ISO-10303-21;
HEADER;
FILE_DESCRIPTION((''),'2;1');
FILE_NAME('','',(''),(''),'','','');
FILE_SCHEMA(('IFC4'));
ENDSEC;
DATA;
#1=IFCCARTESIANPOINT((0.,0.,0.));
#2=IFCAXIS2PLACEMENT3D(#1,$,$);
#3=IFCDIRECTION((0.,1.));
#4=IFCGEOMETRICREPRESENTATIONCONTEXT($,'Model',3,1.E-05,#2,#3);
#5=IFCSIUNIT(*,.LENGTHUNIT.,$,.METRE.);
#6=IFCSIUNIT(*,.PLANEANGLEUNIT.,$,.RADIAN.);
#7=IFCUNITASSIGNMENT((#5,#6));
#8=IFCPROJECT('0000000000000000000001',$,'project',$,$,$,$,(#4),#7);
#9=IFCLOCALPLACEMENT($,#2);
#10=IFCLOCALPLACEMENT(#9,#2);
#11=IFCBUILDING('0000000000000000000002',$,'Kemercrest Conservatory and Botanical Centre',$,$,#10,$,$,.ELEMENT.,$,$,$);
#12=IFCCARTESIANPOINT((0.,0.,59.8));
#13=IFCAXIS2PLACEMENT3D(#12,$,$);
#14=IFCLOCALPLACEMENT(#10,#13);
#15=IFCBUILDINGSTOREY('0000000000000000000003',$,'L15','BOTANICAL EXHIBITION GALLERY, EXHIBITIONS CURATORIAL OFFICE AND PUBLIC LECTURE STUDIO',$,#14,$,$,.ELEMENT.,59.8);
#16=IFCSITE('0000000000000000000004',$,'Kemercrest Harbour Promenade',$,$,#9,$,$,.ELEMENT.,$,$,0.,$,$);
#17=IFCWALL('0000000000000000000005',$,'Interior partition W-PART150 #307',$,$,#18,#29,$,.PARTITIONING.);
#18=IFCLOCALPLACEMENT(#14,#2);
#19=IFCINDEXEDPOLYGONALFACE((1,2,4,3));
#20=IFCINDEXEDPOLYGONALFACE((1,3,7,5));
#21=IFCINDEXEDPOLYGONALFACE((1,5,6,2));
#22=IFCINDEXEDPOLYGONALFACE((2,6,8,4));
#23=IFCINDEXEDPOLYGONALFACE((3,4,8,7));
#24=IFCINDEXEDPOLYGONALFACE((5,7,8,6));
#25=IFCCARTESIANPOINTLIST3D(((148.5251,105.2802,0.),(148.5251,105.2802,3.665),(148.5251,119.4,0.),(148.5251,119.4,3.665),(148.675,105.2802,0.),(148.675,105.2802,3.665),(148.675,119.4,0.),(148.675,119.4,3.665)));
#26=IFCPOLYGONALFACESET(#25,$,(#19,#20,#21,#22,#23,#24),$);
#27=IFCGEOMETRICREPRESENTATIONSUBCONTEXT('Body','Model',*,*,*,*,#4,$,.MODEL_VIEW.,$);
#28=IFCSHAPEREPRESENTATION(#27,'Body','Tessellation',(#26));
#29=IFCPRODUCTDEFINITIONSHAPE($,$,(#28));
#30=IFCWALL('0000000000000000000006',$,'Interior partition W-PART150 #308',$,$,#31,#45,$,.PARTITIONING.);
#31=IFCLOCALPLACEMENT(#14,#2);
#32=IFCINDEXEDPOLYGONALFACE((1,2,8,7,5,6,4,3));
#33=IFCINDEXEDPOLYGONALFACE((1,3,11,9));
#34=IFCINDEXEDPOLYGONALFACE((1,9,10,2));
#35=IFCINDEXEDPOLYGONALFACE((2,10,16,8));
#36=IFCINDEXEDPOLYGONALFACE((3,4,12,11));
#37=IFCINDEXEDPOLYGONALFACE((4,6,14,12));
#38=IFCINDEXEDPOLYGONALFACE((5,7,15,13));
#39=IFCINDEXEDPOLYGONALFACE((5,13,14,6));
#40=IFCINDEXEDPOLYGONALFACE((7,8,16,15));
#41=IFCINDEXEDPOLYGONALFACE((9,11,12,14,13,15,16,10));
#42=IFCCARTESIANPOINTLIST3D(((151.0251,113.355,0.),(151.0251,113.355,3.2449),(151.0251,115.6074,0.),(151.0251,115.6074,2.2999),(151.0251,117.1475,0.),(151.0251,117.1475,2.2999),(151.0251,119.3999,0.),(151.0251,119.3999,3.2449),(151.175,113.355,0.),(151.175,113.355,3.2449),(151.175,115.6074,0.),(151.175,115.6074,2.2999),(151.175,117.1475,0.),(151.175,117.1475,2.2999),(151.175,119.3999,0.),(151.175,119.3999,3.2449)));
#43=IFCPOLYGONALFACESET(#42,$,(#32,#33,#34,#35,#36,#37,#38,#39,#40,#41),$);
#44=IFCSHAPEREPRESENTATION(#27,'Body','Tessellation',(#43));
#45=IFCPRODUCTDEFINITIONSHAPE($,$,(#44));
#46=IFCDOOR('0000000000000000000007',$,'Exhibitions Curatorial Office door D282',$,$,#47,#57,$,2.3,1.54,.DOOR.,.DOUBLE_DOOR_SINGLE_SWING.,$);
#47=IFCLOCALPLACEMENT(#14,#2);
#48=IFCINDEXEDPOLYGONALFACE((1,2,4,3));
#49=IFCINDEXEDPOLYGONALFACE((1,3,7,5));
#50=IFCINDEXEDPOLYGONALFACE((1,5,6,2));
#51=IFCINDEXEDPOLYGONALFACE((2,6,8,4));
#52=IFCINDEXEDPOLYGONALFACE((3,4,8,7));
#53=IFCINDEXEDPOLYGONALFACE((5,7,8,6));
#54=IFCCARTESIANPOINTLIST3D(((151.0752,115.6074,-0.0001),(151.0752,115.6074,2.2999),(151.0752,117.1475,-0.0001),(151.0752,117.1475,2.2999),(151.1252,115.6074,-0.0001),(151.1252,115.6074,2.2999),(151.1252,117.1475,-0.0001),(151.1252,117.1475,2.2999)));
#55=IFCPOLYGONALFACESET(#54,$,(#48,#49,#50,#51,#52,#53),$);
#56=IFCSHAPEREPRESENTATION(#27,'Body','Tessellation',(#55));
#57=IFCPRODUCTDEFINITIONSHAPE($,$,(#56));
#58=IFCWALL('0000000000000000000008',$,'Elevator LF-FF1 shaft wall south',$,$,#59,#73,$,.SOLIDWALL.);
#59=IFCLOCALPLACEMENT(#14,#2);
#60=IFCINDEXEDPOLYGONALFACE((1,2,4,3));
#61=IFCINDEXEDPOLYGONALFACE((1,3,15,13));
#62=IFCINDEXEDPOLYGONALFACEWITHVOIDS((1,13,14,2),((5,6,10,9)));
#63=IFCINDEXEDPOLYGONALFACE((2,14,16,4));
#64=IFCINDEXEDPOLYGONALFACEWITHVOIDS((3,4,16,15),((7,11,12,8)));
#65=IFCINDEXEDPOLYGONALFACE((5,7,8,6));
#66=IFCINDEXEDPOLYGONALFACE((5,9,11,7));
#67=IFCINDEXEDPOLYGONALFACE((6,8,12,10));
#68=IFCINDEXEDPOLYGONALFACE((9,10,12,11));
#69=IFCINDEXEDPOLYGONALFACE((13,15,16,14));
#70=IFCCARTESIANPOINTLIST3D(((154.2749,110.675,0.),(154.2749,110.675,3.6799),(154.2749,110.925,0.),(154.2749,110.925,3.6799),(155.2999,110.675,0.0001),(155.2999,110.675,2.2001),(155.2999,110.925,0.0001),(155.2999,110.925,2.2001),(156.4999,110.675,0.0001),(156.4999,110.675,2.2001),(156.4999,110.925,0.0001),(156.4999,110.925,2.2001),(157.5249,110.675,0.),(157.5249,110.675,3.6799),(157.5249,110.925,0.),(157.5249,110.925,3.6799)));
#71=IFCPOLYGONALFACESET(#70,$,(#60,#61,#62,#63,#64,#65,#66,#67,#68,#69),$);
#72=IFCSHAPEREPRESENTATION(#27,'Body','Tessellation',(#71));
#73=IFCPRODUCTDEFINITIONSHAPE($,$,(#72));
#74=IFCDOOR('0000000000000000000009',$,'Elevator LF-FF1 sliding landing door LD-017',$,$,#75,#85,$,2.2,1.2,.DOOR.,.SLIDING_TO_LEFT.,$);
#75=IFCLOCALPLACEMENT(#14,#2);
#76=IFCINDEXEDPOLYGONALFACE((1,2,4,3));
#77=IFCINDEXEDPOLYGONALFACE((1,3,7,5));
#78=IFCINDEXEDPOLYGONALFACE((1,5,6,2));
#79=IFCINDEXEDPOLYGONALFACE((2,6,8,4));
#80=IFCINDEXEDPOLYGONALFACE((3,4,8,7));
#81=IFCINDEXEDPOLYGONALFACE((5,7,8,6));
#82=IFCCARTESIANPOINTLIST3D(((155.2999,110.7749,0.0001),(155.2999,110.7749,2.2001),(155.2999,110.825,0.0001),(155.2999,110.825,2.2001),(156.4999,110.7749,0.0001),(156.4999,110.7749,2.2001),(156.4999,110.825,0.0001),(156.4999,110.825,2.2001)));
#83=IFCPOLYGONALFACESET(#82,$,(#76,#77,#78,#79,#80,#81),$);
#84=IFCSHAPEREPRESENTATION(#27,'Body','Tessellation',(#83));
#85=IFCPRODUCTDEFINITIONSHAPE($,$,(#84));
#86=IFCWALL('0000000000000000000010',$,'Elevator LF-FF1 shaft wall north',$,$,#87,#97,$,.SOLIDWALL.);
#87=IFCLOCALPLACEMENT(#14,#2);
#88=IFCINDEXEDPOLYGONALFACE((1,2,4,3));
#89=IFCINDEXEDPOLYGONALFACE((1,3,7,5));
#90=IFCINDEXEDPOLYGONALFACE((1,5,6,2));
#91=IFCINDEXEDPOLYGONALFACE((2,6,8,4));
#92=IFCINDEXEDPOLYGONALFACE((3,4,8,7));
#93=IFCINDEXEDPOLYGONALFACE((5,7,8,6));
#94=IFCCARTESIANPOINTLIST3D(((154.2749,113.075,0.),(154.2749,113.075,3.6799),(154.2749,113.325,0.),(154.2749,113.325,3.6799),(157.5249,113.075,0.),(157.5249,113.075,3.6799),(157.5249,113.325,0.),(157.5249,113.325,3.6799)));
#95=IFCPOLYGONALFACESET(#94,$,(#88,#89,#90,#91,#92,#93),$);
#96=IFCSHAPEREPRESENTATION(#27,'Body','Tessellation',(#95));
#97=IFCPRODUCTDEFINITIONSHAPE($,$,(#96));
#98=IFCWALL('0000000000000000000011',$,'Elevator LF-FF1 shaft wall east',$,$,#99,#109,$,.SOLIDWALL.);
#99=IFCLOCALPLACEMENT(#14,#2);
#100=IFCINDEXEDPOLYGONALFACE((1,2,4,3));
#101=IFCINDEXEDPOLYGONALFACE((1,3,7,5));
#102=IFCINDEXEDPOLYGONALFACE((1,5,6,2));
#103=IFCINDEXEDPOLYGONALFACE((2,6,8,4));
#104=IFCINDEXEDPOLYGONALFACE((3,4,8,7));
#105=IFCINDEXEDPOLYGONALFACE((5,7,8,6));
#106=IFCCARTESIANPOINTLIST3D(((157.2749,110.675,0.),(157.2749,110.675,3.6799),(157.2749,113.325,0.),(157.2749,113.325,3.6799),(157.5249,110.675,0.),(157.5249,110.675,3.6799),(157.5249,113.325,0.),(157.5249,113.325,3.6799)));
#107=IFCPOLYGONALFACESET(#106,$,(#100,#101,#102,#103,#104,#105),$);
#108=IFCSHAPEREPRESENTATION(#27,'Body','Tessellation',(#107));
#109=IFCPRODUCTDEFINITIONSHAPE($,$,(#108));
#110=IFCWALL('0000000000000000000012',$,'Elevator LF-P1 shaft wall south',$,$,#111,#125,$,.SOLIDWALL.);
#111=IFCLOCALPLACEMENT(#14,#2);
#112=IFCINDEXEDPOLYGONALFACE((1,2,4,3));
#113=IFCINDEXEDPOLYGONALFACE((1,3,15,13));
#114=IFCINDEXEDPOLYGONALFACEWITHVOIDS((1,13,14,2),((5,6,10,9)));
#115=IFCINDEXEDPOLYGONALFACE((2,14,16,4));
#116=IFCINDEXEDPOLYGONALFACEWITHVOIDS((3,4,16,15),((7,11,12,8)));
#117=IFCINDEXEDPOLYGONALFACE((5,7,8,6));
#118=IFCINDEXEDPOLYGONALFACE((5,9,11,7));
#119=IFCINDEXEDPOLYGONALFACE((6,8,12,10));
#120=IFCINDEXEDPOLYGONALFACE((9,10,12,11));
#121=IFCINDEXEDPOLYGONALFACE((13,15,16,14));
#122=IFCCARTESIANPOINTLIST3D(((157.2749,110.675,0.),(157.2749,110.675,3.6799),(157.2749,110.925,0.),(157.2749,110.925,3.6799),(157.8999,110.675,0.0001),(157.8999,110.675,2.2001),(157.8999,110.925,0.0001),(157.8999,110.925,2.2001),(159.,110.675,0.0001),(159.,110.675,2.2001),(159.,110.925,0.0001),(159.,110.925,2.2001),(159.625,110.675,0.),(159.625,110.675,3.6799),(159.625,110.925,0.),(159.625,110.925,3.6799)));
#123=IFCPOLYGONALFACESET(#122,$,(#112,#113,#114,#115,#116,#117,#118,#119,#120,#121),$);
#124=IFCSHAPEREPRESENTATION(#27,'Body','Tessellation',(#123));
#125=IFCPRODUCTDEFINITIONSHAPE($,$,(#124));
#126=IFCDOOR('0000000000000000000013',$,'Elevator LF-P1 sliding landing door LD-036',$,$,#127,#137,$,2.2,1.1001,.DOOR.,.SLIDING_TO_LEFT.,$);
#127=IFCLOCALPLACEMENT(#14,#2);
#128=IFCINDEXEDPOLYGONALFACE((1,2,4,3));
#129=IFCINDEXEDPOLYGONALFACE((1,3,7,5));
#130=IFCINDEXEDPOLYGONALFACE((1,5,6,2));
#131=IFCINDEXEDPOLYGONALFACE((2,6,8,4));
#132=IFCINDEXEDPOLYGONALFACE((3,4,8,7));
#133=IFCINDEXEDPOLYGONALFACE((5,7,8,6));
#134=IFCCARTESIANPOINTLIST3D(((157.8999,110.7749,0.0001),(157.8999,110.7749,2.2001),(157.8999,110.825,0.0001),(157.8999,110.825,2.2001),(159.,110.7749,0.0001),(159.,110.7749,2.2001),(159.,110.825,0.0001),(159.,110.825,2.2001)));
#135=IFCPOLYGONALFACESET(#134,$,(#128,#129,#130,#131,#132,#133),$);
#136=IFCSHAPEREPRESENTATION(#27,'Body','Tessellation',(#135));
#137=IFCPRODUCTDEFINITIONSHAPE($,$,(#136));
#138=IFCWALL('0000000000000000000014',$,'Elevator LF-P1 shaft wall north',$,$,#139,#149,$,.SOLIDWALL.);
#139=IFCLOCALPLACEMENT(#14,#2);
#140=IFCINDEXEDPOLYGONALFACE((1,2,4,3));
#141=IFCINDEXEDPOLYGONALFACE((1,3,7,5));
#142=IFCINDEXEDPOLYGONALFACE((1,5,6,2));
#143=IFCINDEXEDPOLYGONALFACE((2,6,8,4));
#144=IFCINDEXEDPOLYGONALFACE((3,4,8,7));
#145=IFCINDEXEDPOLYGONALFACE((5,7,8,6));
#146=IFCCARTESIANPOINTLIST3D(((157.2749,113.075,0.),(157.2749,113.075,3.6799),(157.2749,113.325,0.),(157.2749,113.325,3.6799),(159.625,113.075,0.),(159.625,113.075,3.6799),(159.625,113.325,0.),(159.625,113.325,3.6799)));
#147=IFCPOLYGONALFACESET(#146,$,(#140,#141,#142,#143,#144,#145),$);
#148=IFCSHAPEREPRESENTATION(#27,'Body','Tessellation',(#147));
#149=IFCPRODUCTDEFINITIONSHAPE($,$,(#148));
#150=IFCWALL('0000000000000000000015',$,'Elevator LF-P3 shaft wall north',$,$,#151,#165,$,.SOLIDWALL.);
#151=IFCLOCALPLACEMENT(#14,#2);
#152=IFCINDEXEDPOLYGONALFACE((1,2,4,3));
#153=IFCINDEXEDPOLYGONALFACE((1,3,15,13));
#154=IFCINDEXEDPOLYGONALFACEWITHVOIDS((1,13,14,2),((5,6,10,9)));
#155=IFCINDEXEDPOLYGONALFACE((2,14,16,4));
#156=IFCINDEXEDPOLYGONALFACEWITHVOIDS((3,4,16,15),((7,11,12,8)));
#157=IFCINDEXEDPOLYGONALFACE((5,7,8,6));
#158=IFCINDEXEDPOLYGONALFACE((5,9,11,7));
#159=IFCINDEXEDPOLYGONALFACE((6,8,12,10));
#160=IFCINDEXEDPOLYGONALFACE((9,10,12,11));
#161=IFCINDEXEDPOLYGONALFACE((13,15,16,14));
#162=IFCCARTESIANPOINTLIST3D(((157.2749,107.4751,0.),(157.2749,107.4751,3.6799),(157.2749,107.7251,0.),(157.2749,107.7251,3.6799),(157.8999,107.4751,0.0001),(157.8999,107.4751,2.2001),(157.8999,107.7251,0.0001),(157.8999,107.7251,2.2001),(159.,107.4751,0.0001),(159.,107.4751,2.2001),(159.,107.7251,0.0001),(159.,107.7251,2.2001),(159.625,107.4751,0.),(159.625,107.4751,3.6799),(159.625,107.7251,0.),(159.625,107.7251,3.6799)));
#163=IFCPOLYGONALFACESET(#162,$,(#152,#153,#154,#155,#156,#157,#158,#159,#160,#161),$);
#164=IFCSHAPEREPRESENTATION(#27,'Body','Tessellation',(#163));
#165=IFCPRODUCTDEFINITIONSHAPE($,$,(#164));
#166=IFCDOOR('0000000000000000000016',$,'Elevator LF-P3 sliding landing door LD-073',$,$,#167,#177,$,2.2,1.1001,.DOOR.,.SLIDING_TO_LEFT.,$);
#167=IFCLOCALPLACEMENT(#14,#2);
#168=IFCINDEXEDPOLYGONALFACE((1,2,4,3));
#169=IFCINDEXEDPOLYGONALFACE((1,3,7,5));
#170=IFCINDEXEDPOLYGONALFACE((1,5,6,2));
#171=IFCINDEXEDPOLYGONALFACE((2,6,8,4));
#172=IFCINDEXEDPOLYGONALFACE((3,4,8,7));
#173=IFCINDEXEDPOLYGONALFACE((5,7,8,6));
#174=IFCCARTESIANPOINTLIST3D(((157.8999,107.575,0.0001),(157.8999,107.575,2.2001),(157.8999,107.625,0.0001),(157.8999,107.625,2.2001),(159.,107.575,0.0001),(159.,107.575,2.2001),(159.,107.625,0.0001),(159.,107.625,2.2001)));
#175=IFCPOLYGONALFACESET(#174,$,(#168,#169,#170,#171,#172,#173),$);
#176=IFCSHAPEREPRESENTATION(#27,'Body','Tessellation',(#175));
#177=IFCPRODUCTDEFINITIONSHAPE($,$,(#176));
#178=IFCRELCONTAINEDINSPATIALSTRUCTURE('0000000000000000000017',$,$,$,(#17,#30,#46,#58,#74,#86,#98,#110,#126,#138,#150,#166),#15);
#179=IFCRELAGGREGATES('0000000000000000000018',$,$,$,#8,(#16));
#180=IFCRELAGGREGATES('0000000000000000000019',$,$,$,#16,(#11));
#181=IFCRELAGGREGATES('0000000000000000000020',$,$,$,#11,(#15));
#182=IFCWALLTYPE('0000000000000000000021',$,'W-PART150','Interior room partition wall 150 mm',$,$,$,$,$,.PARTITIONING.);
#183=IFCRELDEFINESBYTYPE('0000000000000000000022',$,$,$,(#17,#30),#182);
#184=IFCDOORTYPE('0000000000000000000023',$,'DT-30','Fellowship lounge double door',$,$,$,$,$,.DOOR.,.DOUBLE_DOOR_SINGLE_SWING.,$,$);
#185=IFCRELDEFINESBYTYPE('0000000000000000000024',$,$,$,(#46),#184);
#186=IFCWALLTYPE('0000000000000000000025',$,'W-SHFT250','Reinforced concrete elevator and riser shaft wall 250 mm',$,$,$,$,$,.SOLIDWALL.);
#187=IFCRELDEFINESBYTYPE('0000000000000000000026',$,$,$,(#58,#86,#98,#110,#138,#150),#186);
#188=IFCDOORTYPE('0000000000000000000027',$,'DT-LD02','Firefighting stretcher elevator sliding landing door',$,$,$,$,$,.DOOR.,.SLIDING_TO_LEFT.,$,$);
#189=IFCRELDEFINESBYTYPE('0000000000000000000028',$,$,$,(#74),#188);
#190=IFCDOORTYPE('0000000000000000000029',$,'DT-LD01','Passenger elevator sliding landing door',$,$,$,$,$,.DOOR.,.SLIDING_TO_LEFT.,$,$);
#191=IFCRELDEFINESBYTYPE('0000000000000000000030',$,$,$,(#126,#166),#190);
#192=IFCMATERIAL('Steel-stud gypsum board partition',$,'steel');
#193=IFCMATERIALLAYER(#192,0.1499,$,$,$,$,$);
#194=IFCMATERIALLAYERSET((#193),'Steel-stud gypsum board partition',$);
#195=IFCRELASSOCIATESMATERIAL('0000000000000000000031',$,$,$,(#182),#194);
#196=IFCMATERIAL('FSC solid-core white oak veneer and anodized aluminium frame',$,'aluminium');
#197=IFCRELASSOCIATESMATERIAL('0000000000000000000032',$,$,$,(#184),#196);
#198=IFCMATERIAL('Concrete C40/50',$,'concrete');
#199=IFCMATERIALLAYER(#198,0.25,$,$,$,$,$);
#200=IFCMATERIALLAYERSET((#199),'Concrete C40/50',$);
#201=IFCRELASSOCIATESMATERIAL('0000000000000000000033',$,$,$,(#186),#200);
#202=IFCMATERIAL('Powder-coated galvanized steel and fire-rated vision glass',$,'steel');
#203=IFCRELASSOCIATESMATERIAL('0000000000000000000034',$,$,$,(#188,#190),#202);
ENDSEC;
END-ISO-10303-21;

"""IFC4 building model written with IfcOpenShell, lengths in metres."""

from ifc_helpers import new_model, si_unit, direction, frame, frame_2d, origin, place, context, subcontext, project, spatial, rectangle, extrude, material, layer, layer_set, type_object, element, fill, save


model = new_model("IFC4")

# Units and contexts
model_context = context("Model", 3, precision=1e-05, world=origin(), true_north=direction((0.0, 1.0)))
body_context = subcontext(model_context, "Body", "Model", "MODEL_VIEW")
ifc_project = project(units=[si_unit("LENGTHUNIT", "METRE"), si_unit("PLANEANGLEUNIT", "RADIAN")], contexts=[model_context])

# Site, building, storey
site_placement = place(None, origin())
site = spatial("IfcSite", under=ifc_project, at=site_placement, Name="Kemercrest Harbour Promenade", CompositionType="ELEMENT", RefElevation=0.0)
building_placement = place(site_placement, origin())
building = spatial("IfcBuilding", under=site, at=building_placement, Name="Kemercrest Conservatory and Botanical Centre", CompositionType="ELEMENT")
storey_placement = place(building_placement, frame((0.0, 0.0, 59.8)))
storey = spatial("IfcBuildingStorey", under=building, at=storey_placement, Name="L15", Description="BOTANICAL EXHIBITION GALLERY, EXHIBITIONS CURATORIAL OFFICE AND PUBLIC LECTURE STUDIO", CompositionType="ELEMENT", Elevation=59.8)

# Shared definitions
ifc_material_1 = material(Name="Concrete C40/50", Category="concrete")

# Wall
ifc_material_2 = material(Name="Steel-stud gypsum board partition", Category="steel")
ifc_layer_1 = layer(ifc_material_2, 0.1499)
ifc_layer_set_1 = layer_set([ifc_layer_1], Name="Steel-stud gypsum board partition")
wall_type_1 = type_object("IfcWallType", Name="W-PART150", Description="Interior room partition wall 150 mm", PredefinedType="PARTITIONING", material=ifc_layer_set_1)
wall_1_placement = place(storey_placement, frame((148.6001, 105.28, 0.0), z_axis=(0.0, 0.0, 1.0), x_axis=(0.0, 1.0, 0.0)))
element("IfcWall", 1, at=wall_1_placement, inside=storey, type_object=wall_type_1, Name="Interior partition W-PART150 #307", PredefinedType="PARTITIONING", context=body_context, shape_type="SweptSolid", body=[
    extrude(rectangle(XDim=14.1199, YDim=0.1499, at=frame_2d((7.0601, 0.0))), origin(), (0.0, 0.0, 1.0), 3.665),
])

# Walls, openings, doors
wall_2_placement = place(storey_placement, frame((151.1001, 113.355, 0.0), z_axis=(0.0, 0.0, 1.0), x_axis=(0.0, 1.0, 0.0)))
wall_2 = element("IfcWall", 2, at=wall_2_placement, inside=storey, type_object=wall_type_1, Name="Interior partition W-PART150 #308", PredefinedType="PARTITIONING", context=body_context, shape_type="SweptSolid", body=[
    extrude(rectangle(XDim=6.0449, YDim=0.1499, at=frame_2d((3.0225, 0.0))), origin(), (0.0, 0.0, 1.0), 3.2449),
])
opening_1_placement = place(wall_2_placement, frame((2.2524, 0.0, 0.0)))
opening_1 = element("IfcOpeningElement", 3, at=opening_1_placement, cuts=wall_2, PredefinedType="OPENING", context=body_context, shape_type="SweptSolid", body=[
    extrude(rectangle(XDim=1.54, YDim=2.3, at=frame_2d((0.77, 1.1499))), frame((0.0, 0.085, 0.0), z_axis=(0.0, -1.0, 0.0), x_axis=(1.0, 0.0, 0.0)), (0.0, 0.0, 1.0), 0.1699),
])
ifc_material_3 = material(Name="FSC solid-core white oak veneer and anodized aluminium frame", Category="aluminium")
door_type_1 = type_object("IfcDoorType", Name="DT-30", Description="Fellowship lounge double door", OperationType="DOUBLE_DOOR_SINGLE_SWING", PredefinedType="DOOR", material=ifc_material_3)
door_1_placement = place(opening_1_placement, origin())
door_1 = element("IfcDoor", 4, at=door_1_placement, inside=storey, type_object=door_type_1, Name="Exhibitions Curatorial Office door D282", OperationType="DOUBLE_DOOR_SINGLE_SWING", OverallHeight=2.3, OverallWidth=1.54, PredefinedType="DOOR", context=body_context, shape_type="SweptSolid", body=[
    extrude(rectangle(XDim=1.54, YDim=2.3, at=frame_2d((0.77, 1.1499))), frame((0.0, 0.0249, 0.0), z_axis=(0.0, -1.0, 0.0), x_axis=(1.0, 0.0, 0.0)), (0.0, 0.0, 1.0), 0.05),
])
fill(opening_1, door_1)
ifc_layer_2 = layer(ifc_material_1, 0.25)
ifc_layer_set_2 = layer_set([ifc_layer_2], Name="Concrete C40/50")
wall_type_2 = type_object("IfcWallType", Name="W-SHFT250", Description="Reinforced concrete elevator and riser shaft wall 250 mm", PredefinedType="SOLIDWALL", material=ifc_layer_set_2)
wall_3_placement = place(storey_placement, frame((154.2749, 110.8, 0.0), z_axis=(0.0, 0.0, 1.0), x_axis=(1.0, 0.0, 0.0)))
wall_3 = element("IfcWall", 5, at=wall_3_placement, inside=storey, type_object=wall_type_2, Name="Elevator LF-FF1 shaft wall south", PredefinedType="SOLIDWALL", context=body_context, shape_type="SweptSolid", body=[
    extrude(rectangle(XDim=3.25, YDim=0.25, at=frame_2d((1.625, 0.0))), origin(), (0.0, 0.0, 1.0), 3.6799),
])
opening_2_placement = place(wall_3_placement, frame((1.0249, 0.0, 0.0)))
opening_2 = element("IfcOpeningElement", 6, at=opening_2_placement, cuts=wall_3, PredefinedType="OPENING", context=body_context, shape_type="SweptSolid", body=[
    extrude(rectangle(XDim=1.2, YDim=2.2, at=frame_2d((0.6001, 1.1001))), frame((0.0, 0.135, 0.0), z_axis=(0.0, -1.0, 0.0), x_axis=(1.0, 0.0, 0.0)), (0.0, 0.0, 1.0), 0.27),
])
ifc_material_4 = material(Name="Powder-coated galvanized steel and fire-rated vision glass", Category="steel")
door_type_2 = type_object("IfcDoorType", Name="DT-LD02", Description="Firefighting stretcher elevator sliding landing door", OperationType="SLIDING_TO_LEFT", PredefinedType="DOOR", material=ifc_material_4)
door_2_placement = place(opening_2_placement, origin())
door_2 = element("IfcDoor", 7, at=door_2_placement, inside=storey, type_object=door_type_2, Name="Elevator LF-FF1 sliding landing door LD-017", OperationType="SLIDING_TO_LEFT", OverallHeight=2.2, OverallWidth=1.2, PredefinedType="DOOR", context=body_context, shape_type="SweptSolid", body=[
    extrude(rectangle(XDim=1.2, YDim=2.2, at=frame_2d((0.6001, 1.1001))), frame((0.0, 0.0249, 0.0), z_axis=(0.0, -1.0, 0.0), x_axis=(1.0, 0.0, 0.0)), (0.0, 0.0, 1.0), 0.05),
])
fill(opening_2, door_2)

# Walls
wall_4_placement = place(storey_placement, frame((154.2749, 113.2, 0.0), z_axis=(0.0, 0.0, 1.0), x_axis=(1.0, 0.0, 0.0)))
element("IfcWall", 8, at=wall_4_placement, inside=storey, type_object=wall_type_2, Name="Elevator LF-FF1 shaft wall north", PredefinedType="SOLIDWALL", context=body_context, shape_type="SweptSolid", body=[
    extrude(rectangle(XDim=3.25, YDim=0.25, at=frame_2d((1.625, 0.0))), origin(), (0.0, 0.0, 1.0), 3.6799),
])
wall_5_placement = place(storey_placement, frame((157.3999, 110.675, 0.0), z_axis=(0.0, 0.0, 1.0), x_axis=(0.0, 1.0, 0.0)))
element("IfcWall", 9, at=wall_5_placement, inside=storey, type_object=wall_type_2, Name="Elevator LF-FF1 shaft wall east", PredefinedType="SOLIDWALL", context=body_context, shape_type="SweptSolid", body=[
    extrude(rectangle(XDim=2.6499, YDim=0.25, at=frame_2d((1.325, 0.0))), origin(), (0.0, 0.0, 1.0), 3.6799),
])

# Wall, opening, door
wall_6_placement = place(storey_placement, frame((157.2749, 110.8, 0.0), z_axis=(0.0, 0.0, 1.0), x_axis=(1.0, 0.0, 0.0)))
wall_6 = element("IfcWall", 10, at=wall_6_placement, inside=storey, type_object=wall_type_2, Name="Elevator LF-P1 shaft wall south", PredefinedType="SOLIDWALL", context=body_context, shape_type="SweptSolid", body=[
    extrude(rectangle(XDim=2.3501, YDim=0.25, at=frame_2d((1.175, 0.0))), origin(), (0.0, 0.0, 1.0), 3.6799),
])
opening_3_placement = place(wall_6_placement, frame((0.625, 0.0, 0.0)))
opening_3 = element("IfcOpeningElement", 11, at=opening_3_placement, cuts=wall_6, PredefinedType="OPENING", context=body_context, shape_type="SweptSolid", body=[
    extrude(rectangle(XDim=1.1001, YDim=2.2, at=frame_2d((0.55, 1.1001))), frame((0.0, 0.135, 0.0), z_axis=(0.0, -1.0, 0.0), x_axis=(1.0, 0.0, 0.0)), (0.0, 0.0, 1.0), 0.27),
])
door_type_3 = type_object("IfcDoorType", Name="DT-LD01", Description="Passenger elevator sliding landing door", OperationType="SLIDING_TO_LEFT", PredefinedType="DOOR", material=ifc_material_4)
door_3_placement = place(opening_3_placement, origin())
door_3 = element("IfcDoor", 12, at=door_3_placement, inside=storey, type_object=door_type_3, Name="Elevator LF-P1 sliding landing door LD-036", OperationType="SLIDING_TO_LEFT", OverallHeight=2.2, OverallWidth=1.1001, PredefinedType="DOOR", context=body_context, shape_type="SweptSolid", body=[
    extrude(rectangle(XDim=1.1001, YDim=2.2, at=frame_2d((0.55, 1.1001))), frame((0.0, 0.0249, 0.0), z_axis=(0.0, -1.0, 0.0), x_axis=(1.0, 0.0, 0.0)), (0.0, 0.0, 1.0), 0.05),
])
fill(opening_3, door_3)

# Wall
wall_7_placement = place(storey_placement, frame((157.2749, 113.2, 0.0), z_axis=(0.0, 0.0, 1.0), x_axis=(1.0, 0.0, 0.0)))
element("IfcWall", 13, at=wall_7_placement, inside=storey, type_object=wall_type_2, Name="Elevator LF-P1 shaft wall north", PredefinedType="SOLIDWALL", context=body_context, shape_type="SweptSolid", body=[
    extrude(rectangle(XDim=2.3501, YDim=0.25, at=frame_2d((1.175, 0.0))), origin(), (0.0, 0.0, 1.0), 3.6799),
])

# Wall, opening, door
wall_8_placement = place(storey_placement, frame((157.2749, 107.6001, 0.0), z_axis=(0.0, 0.0, 1.0), x_axis=(1.0, 0.0, 0.0)))
wall_8 = element("IfcWall", 14, at=wall_8_placement, inside=storey, type_object=wall_type_2, Name="Elevator LF-P3 shaft wall north", PredefinedType="SOLIDWALL", context=body_context, shape_type="SweptSolid", body=[
    extrude(rectangle(XDim=2.3501, YDim=0.25, at=frame_2d((1.175, 0.0))), origin(), (0.0, 0.0, 1.0), 3.6799),
])
opening_4_placement = place(wall_8_placement, frame((0.625, 0.0, 0.0)))
opening_4 = element("IfcOpeningElement", 15, at=opening_4_placement, cuts=wall_8, PredefinedType="OPENING", context=body_context, shape_type="SweptSolid", body=[
    extrude(rectangle(XDim=1.1001, YDim=2.2, at=frame_2d((0.55, 1.1001))), frame((0.0, 0.135, 0.0), z_axis=(0.0, -1.0, 0.0), x_axis=(1.0, 0.0, 0.0)), (0.0, 0.0, 1.0), 0.27),
])
door_4_placement = place(opening_4_placement, origin())
door_4 = element("IfcDoor", 16, at=door_4_placement, inside=storey, type_object=door_type_3, Name="Elevator LF-P3 sliding landing door LD-073", OperationType="SLIDING_TO_LEFT", OverallHeight=2.2, OverallWidth=1.1001, PredefinedType="DOOR", context=body_context, shape_type="SweptSolid", body=[
    extrude(rectangle(XDim=1.1001, YDim=2.2, at=frame_2d((0.55, 1.1001))), frame((0.0, 0.0249, 0.0), z_axis=(0.0, -1.0, 0.0), x_axis=(1.0, 0.0, 0.0)), (0.0, 0.0, 1.0), 0.05),
])
fill(opening_4, door_4)

save(model, "model.ifc")
